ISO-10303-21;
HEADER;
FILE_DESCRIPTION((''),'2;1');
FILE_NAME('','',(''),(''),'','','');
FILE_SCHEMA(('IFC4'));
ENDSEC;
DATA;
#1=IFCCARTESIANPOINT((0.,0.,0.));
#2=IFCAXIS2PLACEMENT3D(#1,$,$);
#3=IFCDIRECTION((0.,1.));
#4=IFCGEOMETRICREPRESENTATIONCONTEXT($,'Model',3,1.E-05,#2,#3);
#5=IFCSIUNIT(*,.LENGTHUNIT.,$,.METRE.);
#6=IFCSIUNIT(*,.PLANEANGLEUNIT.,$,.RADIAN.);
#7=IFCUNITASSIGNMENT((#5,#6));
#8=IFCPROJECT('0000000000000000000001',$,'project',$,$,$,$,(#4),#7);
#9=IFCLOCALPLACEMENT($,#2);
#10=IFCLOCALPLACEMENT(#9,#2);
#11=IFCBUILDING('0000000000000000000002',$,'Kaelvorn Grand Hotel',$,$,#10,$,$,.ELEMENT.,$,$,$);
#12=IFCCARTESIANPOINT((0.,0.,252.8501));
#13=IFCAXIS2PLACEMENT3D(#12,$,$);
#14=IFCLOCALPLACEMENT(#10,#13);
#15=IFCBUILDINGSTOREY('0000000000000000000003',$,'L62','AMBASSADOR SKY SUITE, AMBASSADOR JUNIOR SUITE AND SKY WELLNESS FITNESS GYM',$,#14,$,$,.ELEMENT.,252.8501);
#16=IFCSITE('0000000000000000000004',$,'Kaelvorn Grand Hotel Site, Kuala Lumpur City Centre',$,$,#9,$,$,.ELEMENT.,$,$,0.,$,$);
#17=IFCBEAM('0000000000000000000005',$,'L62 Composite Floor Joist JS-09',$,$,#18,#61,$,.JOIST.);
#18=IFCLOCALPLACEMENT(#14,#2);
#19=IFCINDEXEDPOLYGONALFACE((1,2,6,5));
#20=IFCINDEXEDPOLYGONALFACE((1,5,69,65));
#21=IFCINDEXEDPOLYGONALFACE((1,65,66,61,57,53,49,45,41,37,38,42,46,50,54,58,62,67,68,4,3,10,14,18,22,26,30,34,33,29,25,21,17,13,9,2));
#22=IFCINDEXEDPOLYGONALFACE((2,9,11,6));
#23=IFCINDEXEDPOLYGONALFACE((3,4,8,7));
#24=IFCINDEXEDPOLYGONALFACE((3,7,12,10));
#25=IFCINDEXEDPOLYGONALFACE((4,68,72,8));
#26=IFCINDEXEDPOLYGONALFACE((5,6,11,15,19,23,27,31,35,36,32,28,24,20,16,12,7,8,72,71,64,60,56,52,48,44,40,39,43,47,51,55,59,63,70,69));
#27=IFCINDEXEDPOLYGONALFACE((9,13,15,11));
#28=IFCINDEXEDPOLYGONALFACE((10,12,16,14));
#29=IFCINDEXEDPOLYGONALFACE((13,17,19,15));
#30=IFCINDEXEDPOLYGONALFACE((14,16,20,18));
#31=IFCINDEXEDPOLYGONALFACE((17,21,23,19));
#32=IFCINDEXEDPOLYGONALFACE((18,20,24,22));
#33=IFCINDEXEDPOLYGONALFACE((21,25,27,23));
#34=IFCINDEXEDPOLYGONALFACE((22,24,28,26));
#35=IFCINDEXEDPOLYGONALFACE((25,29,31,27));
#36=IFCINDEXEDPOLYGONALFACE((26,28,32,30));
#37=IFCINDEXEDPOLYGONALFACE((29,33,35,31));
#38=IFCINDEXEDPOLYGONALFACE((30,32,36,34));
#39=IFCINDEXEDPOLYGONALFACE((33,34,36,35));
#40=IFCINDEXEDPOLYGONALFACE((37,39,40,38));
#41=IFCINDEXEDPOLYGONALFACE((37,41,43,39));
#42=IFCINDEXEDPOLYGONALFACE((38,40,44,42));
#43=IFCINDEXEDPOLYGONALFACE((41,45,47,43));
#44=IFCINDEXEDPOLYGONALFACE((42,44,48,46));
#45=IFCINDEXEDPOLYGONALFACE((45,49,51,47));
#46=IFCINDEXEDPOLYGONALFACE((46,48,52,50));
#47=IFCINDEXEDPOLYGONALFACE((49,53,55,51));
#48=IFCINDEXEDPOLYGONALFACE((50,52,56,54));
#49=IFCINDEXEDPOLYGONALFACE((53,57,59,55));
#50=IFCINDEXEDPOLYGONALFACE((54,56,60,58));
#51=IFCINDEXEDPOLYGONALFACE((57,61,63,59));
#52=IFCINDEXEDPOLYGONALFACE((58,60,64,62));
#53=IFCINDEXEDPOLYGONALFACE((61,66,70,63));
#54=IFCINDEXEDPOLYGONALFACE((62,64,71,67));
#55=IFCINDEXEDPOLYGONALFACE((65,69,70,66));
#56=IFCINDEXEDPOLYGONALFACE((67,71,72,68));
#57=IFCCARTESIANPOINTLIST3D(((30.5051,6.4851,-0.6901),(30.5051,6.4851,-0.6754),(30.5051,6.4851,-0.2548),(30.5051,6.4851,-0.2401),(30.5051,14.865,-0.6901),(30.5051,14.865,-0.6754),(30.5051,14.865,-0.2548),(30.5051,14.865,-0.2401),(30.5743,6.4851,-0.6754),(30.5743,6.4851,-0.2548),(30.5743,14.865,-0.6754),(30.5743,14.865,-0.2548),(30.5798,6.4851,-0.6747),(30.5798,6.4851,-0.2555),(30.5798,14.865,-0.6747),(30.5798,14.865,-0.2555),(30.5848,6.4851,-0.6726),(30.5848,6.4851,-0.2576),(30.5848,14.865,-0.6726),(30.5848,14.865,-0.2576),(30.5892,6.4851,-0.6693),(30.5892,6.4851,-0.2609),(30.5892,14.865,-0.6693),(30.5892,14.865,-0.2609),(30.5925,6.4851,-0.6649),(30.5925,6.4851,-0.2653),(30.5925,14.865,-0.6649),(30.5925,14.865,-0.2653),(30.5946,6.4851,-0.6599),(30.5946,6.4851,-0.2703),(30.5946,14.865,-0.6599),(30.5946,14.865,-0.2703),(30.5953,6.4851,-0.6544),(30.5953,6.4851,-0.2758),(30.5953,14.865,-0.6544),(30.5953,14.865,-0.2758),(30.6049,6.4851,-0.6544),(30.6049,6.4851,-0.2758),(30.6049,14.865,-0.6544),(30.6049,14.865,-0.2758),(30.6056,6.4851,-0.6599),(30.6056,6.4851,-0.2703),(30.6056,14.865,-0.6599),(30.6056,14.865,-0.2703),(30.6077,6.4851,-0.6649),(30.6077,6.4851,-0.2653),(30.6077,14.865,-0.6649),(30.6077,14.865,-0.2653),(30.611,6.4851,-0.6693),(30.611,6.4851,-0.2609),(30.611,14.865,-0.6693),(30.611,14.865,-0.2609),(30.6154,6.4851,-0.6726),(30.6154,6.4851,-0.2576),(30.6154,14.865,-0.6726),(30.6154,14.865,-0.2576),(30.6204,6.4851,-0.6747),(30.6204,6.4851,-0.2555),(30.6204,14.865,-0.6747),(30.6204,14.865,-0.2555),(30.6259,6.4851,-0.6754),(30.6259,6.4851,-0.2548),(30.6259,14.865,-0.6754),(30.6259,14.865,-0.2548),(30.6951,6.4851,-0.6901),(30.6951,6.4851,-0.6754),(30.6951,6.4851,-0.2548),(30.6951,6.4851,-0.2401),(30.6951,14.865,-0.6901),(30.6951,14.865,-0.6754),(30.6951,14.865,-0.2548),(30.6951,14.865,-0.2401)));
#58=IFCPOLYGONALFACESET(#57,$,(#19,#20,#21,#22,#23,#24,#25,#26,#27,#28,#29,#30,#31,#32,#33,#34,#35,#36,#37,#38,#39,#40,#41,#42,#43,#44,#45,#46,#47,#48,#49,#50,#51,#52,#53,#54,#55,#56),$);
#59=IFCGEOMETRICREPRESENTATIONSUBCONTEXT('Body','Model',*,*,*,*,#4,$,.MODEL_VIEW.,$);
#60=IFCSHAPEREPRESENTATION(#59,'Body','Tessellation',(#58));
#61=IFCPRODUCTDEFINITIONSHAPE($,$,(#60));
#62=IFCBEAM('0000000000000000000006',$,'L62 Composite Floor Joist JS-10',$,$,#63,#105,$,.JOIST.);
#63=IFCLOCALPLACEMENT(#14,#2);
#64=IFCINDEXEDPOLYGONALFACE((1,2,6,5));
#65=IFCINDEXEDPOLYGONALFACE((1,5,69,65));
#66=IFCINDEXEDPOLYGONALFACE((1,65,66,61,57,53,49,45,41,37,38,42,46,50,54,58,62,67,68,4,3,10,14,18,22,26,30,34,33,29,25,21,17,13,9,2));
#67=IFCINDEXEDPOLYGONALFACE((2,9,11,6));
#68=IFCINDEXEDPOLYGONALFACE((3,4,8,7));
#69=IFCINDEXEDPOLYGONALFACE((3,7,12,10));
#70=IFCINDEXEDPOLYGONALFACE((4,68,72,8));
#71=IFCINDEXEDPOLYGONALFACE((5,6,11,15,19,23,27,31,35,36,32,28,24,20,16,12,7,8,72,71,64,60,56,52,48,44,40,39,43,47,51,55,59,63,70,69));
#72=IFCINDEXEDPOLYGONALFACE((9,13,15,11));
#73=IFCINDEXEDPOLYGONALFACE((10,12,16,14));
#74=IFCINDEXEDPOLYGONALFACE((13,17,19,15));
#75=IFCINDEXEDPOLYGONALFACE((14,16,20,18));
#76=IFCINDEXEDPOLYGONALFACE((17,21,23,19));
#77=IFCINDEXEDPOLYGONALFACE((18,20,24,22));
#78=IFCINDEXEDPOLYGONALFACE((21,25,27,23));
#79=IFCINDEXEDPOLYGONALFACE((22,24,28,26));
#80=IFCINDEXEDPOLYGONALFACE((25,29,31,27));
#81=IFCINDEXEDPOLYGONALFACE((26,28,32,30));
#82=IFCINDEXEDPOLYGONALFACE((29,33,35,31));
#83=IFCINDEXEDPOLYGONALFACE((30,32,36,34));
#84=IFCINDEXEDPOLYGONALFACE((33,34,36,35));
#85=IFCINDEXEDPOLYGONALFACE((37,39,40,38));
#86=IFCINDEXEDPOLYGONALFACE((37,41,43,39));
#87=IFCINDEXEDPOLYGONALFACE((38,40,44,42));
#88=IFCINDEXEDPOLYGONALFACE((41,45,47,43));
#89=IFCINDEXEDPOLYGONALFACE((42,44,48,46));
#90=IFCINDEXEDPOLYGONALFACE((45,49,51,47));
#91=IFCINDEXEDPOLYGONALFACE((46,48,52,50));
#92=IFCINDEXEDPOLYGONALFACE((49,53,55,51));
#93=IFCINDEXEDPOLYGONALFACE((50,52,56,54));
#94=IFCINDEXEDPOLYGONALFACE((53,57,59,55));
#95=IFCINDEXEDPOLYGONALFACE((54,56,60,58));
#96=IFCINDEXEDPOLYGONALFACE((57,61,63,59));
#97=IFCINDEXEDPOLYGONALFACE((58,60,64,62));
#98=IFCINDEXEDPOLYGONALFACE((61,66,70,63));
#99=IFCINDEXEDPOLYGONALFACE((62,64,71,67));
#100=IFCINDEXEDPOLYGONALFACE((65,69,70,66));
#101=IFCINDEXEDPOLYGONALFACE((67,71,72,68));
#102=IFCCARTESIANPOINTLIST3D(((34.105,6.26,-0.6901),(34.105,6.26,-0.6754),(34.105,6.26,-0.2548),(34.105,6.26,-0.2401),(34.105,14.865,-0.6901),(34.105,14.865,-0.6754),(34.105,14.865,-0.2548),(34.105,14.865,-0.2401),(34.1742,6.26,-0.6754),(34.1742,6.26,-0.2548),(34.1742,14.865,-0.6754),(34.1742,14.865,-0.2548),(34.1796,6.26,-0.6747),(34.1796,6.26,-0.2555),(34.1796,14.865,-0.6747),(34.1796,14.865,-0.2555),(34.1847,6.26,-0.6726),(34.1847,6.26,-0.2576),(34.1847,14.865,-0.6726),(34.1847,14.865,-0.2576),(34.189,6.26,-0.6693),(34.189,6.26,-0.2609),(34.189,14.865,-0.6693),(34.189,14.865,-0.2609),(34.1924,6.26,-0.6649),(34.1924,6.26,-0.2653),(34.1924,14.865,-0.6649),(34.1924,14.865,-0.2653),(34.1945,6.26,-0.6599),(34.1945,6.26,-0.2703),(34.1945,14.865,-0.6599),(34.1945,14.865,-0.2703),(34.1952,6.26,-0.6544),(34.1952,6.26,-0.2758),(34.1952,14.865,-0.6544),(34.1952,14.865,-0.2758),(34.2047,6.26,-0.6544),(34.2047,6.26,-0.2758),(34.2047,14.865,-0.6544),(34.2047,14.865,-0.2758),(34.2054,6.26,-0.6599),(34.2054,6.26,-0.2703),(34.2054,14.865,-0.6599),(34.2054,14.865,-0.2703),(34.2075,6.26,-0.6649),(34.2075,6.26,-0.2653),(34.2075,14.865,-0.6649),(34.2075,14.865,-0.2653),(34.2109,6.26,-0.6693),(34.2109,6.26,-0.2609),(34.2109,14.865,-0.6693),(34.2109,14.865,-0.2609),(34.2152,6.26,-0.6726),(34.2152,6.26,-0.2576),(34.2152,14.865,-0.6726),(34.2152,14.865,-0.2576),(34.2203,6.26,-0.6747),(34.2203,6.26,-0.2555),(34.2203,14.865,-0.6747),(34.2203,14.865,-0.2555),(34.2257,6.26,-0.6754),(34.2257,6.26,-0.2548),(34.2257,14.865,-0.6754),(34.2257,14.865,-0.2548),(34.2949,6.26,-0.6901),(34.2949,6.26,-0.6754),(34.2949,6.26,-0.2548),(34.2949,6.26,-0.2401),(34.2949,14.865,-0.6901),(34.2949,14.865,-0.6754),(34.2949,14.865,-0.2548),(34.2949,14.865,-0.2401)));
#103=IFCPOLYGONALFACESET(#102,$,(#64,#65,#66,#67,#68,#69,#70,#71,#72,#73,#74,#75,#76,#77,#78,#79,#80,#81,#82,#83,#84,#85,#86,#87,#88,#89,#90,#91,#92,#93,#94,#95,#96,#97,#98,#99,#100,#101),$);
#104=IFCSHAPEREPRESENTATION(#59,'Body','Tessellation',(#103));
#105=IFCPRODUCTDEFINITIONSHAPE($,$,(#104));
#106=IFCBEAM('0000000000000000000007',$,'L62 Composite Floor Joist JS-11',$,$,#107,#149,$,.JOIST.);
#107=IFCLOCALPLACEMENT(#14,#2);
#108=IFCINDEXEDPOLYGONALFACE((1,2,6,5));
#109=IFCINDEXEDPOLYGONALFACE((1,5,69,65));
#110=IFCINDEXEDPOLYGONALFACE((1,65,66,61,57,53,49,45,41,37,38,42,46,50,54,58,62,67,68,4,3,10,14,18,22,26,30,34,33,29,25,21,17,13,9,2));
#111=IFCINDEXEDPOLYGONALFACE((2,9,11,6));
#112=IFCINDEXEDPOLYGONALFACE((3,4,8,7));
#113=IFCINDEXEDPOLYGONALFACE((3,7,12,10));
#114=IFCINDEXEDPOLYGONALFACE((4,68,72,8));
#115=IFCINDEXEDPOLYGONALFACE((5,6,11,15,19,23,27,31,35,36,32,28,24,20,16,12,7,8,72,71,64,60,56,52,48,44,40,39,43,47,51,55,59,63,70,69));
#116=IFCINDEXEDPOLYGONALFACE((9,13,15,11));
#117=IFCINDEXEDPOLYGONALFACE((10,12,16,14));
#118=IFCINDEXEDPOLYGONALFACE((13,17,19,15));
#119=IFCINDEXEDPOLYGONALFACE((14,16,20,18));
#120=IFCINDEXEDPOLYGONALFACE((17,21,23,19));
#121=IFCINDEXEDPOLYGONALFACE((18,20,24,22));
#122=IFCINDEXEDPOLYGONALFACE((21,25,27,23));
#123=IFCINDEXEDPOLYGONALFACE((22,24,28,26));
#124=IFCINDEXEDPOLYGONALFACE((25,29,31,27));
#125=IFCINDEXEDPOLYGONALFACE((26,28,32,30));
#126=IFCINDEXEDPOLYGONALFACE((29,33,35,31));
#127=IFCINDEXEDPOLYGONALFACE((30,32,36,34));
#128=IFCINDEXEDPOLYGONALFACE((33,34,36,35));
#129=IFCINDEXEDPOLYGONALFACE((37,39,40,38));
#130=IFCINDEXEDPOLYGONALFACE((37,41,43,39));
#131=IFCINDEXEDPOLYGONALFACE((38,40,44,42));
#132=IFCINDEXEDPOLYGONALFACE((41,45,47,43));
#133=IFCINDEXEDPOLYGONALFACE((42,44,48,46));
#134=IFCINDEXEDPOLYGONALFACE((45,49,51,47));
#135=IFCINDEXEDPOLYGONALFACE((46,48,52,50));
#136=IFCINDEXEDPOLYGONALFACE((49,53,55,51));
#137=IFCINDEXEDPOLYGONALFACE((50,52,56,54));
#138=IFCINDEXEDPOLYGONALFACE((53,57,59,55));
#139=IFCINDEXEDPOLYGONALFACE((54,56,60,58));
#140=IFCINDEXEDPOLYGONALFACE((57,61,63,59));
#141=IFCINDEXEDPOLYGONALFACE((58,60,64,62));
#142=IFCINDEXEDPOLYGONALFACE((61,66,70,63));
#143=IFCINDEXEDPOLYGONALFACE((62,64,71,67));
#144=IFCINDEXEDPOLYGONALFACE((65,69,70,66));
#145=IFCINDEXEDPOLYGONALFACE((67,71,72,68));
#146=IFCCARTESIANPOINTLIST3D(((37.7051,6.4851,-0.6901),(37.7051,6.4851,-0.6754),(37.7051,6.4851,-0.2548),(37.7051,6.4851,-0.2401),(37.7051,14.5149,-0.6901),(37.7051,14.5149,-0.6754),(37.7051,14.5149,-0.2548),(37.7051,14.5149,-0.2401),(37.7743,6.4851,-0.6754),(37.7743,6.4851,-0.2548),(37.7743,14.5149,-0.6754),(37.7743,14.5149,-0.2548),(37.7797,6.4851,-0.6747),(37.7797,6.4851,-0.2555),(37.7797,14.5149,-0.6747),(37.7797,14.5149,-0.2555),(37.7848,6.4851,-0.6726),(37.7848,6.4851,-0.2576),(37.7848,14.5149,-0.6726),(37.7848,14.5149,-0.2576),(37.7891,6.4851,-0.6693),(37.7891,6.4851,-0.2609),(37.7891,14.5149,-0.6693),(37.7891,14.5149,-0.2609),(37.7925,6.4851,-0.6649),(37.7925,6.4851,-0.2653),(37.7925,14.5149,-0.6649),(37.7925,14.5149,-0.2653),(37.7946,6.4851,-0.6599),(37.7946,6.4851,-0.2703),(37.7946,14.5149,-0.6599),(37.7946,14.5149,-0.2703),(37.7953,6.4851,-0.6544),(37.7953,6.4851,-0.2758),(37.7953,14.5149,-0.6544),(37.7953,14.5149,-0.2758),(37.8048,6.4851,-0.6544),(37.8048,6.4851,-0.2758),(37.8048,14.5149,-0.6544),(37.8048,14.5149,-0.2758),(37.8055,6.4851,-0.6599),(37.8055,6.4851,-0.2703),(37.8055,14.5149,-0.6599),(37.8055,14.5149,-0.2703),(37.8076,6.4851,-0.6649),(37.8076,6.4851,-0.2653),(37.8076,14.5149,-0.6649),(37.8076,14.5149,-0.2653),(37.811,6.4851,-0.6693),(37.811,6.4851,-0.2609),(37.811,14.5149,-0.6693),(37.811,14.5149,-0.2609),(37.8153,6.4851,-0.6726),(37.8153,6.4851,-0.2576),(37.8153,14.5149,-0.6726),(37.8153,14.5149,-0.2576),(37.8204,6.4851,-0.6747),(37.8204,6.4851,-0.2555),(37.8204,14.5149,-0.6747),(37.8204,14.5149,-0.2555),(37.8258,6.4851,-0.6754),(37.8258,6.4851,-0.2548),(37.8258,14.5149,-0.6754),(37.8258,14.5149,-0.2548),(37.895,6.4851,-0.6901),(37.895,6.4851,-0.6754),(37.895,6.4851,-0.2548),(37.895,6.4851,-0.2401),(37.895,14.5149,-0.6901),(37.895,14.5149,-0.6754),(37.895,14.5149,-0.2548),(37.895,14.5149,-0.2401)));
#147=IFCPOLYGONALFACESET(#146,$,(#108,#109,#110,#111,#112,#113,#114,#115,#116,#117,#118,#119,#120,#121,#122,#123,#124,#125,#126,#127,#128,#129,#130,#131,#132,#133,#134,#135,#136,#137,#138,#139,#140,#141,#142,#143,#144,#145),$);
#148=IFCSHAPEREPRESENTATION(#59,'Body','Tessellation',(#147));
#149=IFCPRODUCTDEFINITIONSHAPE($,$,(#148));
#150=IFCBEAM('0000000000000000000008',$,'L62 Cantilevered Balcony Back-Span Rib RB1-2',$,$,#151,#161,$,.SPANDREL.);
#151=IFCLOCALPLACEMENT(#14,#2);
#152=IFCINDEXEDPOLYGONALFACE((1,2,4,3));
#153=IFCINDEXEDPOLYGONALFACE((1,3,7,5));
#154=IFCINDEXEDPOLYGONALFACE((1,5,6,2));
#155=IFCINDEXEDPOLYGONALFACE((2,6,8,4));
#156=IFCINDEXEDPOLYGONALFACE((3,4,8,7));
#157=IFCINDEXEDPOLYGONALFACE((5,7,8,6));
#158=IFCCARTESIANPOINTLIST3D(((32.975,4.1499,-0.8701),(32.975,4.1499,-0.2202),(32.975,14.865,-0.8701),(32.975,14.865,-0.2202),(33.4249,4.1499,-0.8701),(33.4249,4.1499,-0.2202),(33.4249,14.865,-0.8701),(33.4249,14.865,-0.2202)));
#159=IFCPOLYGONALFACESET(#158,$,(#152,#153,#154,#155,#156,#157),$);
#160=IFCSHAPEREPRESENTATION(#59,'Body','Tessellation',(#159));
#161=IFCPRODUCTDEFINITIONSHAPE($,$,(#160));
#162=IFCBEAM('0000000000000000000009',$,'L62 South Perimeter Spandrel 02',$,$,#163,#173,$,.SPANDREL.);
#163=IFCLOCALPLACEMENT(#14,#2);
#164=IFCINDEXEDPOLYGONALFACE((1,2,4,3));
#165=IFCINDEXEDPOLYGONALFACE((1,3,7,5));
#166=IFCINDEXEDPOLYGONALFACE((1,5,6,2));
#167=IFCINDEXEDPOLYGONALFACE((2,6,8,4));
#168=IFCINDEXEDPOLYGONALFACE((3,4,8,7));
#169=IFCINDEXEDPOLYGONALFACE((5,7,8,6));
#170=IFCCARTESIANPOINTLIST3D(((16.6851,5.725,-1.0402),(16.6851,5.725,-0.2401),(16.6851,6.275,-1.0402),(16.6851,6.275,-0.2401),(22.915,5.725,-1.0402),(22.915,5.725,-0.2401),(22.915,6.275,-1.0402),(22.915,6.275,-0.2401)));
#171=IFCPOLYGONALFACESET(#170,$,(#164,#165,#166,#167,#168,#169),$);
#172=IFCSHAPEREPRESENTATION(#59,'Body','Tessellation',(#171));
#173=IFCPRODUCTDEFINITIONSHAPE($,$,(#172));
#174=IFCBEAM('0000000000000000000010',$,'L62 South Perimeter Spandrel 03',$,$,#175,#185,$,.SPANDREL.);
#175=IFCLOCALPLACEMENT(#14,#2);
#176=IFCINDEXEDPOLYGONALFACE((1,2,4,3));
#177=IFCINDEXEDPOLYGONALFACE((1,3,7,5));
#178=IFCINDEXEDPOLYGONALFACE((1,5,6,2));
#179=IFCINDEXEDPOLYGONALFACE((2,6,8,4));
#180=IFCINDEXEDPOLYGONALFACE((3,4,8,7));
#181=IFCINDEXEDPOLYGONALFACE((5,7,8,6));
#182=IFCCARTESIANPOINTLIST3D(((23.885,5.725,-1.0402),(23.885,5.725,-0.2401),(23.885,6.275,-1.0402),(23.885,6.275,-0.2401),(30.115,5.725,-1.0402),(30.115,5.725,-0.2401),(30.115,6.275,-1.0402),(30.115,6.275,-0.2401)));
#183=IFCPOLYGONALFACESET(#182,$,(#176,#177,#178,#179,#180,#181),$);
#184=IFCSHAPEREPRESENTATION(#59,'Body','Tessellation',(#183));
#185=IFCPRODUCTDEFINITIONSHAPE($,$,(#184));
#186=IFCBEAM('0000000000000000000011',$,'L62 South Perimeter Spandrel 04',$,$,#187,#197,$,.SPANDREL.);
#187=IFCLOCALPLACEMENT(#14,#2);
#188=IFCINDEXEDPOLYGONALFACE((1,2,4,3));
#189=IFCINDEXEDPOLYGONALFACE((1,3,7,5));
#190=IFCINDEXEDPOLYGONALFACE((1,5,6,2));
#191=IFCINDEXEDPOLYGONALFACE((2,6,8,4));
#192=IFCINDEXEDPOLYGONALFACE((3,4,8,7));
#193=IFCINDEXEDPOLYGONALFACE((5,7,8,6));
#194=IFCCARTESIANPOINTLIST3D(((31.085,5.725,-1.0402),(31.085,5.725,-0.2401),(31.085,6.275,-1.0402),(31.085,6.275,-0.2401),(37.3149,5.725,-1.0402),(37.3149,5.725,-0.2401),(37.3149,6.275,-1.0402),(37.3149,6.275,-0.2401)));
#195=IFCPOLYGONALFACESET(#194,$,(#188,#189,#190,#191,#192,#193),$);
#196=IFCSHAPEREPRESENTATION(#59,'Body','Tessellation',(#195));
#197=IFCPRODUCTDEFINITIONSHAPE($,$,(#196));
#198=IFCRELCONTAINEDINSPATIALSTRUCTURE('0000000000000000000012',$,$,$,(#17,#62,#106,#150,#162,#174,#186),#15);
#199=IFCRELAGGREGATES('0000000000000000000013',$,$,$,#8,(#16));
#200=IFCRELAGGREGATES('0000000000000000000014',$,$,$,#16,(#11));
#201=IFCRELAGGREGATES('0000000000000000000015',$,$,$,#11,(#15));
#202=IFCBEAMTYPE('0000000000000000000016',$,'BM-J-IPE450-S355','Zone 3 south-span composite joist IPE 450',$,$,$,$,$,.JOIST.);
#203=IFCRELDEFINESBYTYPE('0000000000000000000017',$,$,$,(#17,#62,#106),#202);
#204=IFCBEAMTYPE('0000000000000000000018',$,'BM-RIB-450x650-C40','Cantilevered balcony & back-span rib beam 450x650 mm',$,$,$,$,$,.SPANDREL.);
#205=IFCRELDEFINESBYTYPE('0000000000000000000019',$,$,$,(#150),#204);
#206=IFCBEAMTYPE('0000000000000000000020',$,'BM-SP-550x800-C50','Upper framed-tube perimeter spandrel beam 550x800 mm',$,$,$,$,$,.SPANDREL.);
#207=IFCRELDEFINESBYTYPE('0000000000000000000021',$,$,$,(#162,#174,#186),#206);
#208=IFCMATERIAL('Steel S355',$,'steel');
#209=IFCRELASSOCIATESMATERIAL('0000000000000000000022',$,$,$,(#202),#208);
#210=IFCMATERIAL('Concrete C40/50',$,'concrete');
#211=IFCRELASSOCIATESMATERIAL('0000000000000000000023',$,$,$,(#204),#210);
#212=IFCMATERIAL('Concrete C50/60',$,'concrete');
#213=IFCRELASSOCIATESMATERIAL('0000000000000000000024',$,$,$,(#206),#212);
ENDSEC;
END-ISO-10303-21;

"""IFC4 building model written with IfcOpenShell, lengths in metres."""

from ifc_helpers import new_model, si_unit, direction, frame, origin, origin_2d, place, context, subcontext, project, spatial, rectangle, i_section, extrude, material, material_profile, profile_set, type_object, element, save


model = new_model("IFC4")

# Units and contexts
model_context = context("Model", 3, precision=1e-05, world=origin(), true_north=direction((0.0, 1.0)))
body_context = subcontext(model_context, "Body", "Model", "MODEL_VIEW")
ifc_project = project(units=[si_unit("LENGTHUNIT", "METRE"), si_unit("PLANEANGLEUNIT", "RADIAN")], contexts=[model_context])

# Site, building, storey
site_placement = place(None, origin())
site = spatial("IfcSite", under=ifc_project, at=site_placement, Name="Kaelvorn Grand Hotel Site, Kuala Lumpur City Centre", CompositionType="ELEMENT", RefElevation=0.0)
building_placement = place(site_placement, origin())
building = spatial("IfcBuilding", under=site, at=building_placement, Name="Kaelvorn Grand Hotel", CompositionType="ELEMENT")
storey_placement = place(building_placement, frame((0.0, 0.0, 252.8501)))
storey = spatial("IfcBuildingStorey", under=building, at=storey_placement, Name="L62", Description="AMBASSADOR SKY SUITE, AMBASSADOR JUNIOR SUITE AND SKY WELLNESS FITNESS GYM", CompositionType="ELEMENT", Elevation=252.8501)

# Shared definitions
ifc_material_1 = material(Name="Concrete C50/60", Category="concrete")

# Beams
ifc_material_2 = material(Name="Steel S355", Category="steel")
ifc_material_profile_1 = material_profile(ifc_material_2, i_section(OverallWidth=0.1899, OverallDepth=0.45, WebThickness=0.0095, FlangeThickness=0.0146, FilletRadius=0.021, at=origin_2d()), Name="IPE 450")
ifc_profile_set_1 = profile_set([ifc_material_profile_1], Name="Steel S355")
beam_type_1 = type_object("IfcBeamType", Name="BM-J-IPE450-S355", Description="Zone 3 south-span composite joist IPE 450", PredefinedType="JOIST", material=ifc_profile_set_1)
beam_1_placement = place(storey_placement, frame((30.6001, 6.4851, -0.4651), z_axis=(0.0, 1.0, 0.0), x_axis=(-1.0, 0.0, 0.0)))
element("IfcBeam", 1, at=beam_1_placement, inside=storey, type_object=beam_type_1, Name="L62 Composite Floor Joist JS-09", PredefinedType="JOIST", context=body_context, shape_type="SweptSolid", body=[
    extrude(i_section(OverallWidth=0.1899, OverallDepth=0.45, WebThickness=0.0095, FlangeThickness=0.0146, FilletRadius=0.021, at=origin_2d()), origin(), (0.0, 0.0, 1.0), 8.3799),
])
beam_2_placement = place(storey_placement, frame((34.2, 6.26, -0.4651), z_axis=(0.0, 1.0, 0.0), x_axis=(-1.0, 0.0, 0.0)))
element("IfcBeam", 2, at=beam_2_placement, inside=storey, type_object=beam_type_1, Name="L62 Composite Floor Joist JS-10", PredefinedType="JOIST", context=body_context, shape_type="SweptSolid", body=[
    extrude(i_section(OverallWidth=0.1899, OverallDepth=0.45, WebThickness=0.0095, FlangeThickness=0.0146, FilletRadius=0.021, at=origin_2d()), origin(), (0.0, 0.0, 1.0), 8.605),
])
beam_3_placement = place(storey_placement, frame((37.8, 6.4851, -0.4651), z_axis=(0.0, 1.0, 0.0), x_axis=(-1.0, 0.0, 0.0)))
element("IfcBeam", 3, at=beam_3_placement, inside=storey, type_object=beam_type_1, Name="L62 Composite Floor Joist JS-11", PredefinedType="JOIST", context=body_context, shape_type="SweptSolid", body=[
    extrude(i_section(OverallWidth=0.1899, OverallDepth=0.45, WebThickness=0.0095, FlangeThickness=0.0146, FilletRadius=0.021, at=origin_2d()), origin(), (0.0, 0.0, 1.0), 8.0298),
])
ifc_material_3 = material(Name="Concrete C40/50", Category="concrete")
ifc_material_profile_2 = material_profile(ifc_material_3, rectangle(XDim=0.45, YDim=0.6499, at=origin_2d()), Name="RC RIB 450x650")
ifc_profile_set_2 = profile_set([ifc_material_profile_2], Name="Concrete C40/50")
beam_type_2 = type_object("IfcBeamType", Name="BM-RIB-450x650-C40", Description="Cantilevered balcony & back-span rib beam 450x650 mm", PredefinedType="SPANDREL", material=ifc_profile_set_2)
beam_4_placement = place(storey_placement, frame((33.2, 4.1499, -0.5452), z_axis=(0.0, 1.0, 0.0), x_axis=(-1.0, 0.0, 0.0)))
element("IfcBeam", 4, at=beam_4_placement, inside=storey, type_object=beam_type_2, Name="L62 Cantilevered Balcony Back-Span Rib RB1-2", PredefinedType="SPANDREL", context=body_context, shape_type="SweptSolid", body=[
    extrude(rectangle(XDim=0.45, YDim=0.6499, at=origin_2d()), origin(), (0.0, 0.0, 1.0), 10.7151),
])
ifc_material_profile_3 = material_profile(ifc_material_1, rectangle(XDim=0.55, YDim=0.8, at=origin_2d()), Name="RC SPANDREL 550x800")
ifc_profile_set_3 = profile_set([ifc_material_profile_3], Name="Concrete C50/60")
beam_type_3 = type_object("IfcBeamType", Name="BM-SP-550x800-C50", Description="Upper framed-tube perimeter spandrel beam 550x800 mm", PredefinedType="SPANDREL", material=ifc_profile_set_3)
for number, where, z_axis, x_axis, name in (
    (5, (16.6851, 6.0, -0.6401), (1.0, 0.0, 0.0), (0.0, 1.0, 0.0), "L62 South Perimeter Spandrel 02"),
    (6, (23.885, 6.0, -0.6401), (1.0, 0.0, 0.0), (0.0, 1.0, 0.0), "L62 South Perimeter Spandrel 03"),
    (7, (31.085, 6.0, -0.6401), (1.0, 0.0, 0.0), (0.0, 1.0, 0.0), "L62 South Perimeter Spandrel 04"),
):
    element("IfcBeam", number, at=place(storey_placement, frame(where, z_axis=z_axis, x_axis=x_axis)), inside=storey, type_object=beam_type_3, Name=name, PredefinedType="SPANDREL", context=body_context, shape_type="SweptSolid", body=[
        extrude(rectangle(XDim=0.55, YDim=0.8, at=origin_2d()), origin(), (0.0, 0.0, 1.0), 6.23),
    ])

save(model, "model.ifc")
